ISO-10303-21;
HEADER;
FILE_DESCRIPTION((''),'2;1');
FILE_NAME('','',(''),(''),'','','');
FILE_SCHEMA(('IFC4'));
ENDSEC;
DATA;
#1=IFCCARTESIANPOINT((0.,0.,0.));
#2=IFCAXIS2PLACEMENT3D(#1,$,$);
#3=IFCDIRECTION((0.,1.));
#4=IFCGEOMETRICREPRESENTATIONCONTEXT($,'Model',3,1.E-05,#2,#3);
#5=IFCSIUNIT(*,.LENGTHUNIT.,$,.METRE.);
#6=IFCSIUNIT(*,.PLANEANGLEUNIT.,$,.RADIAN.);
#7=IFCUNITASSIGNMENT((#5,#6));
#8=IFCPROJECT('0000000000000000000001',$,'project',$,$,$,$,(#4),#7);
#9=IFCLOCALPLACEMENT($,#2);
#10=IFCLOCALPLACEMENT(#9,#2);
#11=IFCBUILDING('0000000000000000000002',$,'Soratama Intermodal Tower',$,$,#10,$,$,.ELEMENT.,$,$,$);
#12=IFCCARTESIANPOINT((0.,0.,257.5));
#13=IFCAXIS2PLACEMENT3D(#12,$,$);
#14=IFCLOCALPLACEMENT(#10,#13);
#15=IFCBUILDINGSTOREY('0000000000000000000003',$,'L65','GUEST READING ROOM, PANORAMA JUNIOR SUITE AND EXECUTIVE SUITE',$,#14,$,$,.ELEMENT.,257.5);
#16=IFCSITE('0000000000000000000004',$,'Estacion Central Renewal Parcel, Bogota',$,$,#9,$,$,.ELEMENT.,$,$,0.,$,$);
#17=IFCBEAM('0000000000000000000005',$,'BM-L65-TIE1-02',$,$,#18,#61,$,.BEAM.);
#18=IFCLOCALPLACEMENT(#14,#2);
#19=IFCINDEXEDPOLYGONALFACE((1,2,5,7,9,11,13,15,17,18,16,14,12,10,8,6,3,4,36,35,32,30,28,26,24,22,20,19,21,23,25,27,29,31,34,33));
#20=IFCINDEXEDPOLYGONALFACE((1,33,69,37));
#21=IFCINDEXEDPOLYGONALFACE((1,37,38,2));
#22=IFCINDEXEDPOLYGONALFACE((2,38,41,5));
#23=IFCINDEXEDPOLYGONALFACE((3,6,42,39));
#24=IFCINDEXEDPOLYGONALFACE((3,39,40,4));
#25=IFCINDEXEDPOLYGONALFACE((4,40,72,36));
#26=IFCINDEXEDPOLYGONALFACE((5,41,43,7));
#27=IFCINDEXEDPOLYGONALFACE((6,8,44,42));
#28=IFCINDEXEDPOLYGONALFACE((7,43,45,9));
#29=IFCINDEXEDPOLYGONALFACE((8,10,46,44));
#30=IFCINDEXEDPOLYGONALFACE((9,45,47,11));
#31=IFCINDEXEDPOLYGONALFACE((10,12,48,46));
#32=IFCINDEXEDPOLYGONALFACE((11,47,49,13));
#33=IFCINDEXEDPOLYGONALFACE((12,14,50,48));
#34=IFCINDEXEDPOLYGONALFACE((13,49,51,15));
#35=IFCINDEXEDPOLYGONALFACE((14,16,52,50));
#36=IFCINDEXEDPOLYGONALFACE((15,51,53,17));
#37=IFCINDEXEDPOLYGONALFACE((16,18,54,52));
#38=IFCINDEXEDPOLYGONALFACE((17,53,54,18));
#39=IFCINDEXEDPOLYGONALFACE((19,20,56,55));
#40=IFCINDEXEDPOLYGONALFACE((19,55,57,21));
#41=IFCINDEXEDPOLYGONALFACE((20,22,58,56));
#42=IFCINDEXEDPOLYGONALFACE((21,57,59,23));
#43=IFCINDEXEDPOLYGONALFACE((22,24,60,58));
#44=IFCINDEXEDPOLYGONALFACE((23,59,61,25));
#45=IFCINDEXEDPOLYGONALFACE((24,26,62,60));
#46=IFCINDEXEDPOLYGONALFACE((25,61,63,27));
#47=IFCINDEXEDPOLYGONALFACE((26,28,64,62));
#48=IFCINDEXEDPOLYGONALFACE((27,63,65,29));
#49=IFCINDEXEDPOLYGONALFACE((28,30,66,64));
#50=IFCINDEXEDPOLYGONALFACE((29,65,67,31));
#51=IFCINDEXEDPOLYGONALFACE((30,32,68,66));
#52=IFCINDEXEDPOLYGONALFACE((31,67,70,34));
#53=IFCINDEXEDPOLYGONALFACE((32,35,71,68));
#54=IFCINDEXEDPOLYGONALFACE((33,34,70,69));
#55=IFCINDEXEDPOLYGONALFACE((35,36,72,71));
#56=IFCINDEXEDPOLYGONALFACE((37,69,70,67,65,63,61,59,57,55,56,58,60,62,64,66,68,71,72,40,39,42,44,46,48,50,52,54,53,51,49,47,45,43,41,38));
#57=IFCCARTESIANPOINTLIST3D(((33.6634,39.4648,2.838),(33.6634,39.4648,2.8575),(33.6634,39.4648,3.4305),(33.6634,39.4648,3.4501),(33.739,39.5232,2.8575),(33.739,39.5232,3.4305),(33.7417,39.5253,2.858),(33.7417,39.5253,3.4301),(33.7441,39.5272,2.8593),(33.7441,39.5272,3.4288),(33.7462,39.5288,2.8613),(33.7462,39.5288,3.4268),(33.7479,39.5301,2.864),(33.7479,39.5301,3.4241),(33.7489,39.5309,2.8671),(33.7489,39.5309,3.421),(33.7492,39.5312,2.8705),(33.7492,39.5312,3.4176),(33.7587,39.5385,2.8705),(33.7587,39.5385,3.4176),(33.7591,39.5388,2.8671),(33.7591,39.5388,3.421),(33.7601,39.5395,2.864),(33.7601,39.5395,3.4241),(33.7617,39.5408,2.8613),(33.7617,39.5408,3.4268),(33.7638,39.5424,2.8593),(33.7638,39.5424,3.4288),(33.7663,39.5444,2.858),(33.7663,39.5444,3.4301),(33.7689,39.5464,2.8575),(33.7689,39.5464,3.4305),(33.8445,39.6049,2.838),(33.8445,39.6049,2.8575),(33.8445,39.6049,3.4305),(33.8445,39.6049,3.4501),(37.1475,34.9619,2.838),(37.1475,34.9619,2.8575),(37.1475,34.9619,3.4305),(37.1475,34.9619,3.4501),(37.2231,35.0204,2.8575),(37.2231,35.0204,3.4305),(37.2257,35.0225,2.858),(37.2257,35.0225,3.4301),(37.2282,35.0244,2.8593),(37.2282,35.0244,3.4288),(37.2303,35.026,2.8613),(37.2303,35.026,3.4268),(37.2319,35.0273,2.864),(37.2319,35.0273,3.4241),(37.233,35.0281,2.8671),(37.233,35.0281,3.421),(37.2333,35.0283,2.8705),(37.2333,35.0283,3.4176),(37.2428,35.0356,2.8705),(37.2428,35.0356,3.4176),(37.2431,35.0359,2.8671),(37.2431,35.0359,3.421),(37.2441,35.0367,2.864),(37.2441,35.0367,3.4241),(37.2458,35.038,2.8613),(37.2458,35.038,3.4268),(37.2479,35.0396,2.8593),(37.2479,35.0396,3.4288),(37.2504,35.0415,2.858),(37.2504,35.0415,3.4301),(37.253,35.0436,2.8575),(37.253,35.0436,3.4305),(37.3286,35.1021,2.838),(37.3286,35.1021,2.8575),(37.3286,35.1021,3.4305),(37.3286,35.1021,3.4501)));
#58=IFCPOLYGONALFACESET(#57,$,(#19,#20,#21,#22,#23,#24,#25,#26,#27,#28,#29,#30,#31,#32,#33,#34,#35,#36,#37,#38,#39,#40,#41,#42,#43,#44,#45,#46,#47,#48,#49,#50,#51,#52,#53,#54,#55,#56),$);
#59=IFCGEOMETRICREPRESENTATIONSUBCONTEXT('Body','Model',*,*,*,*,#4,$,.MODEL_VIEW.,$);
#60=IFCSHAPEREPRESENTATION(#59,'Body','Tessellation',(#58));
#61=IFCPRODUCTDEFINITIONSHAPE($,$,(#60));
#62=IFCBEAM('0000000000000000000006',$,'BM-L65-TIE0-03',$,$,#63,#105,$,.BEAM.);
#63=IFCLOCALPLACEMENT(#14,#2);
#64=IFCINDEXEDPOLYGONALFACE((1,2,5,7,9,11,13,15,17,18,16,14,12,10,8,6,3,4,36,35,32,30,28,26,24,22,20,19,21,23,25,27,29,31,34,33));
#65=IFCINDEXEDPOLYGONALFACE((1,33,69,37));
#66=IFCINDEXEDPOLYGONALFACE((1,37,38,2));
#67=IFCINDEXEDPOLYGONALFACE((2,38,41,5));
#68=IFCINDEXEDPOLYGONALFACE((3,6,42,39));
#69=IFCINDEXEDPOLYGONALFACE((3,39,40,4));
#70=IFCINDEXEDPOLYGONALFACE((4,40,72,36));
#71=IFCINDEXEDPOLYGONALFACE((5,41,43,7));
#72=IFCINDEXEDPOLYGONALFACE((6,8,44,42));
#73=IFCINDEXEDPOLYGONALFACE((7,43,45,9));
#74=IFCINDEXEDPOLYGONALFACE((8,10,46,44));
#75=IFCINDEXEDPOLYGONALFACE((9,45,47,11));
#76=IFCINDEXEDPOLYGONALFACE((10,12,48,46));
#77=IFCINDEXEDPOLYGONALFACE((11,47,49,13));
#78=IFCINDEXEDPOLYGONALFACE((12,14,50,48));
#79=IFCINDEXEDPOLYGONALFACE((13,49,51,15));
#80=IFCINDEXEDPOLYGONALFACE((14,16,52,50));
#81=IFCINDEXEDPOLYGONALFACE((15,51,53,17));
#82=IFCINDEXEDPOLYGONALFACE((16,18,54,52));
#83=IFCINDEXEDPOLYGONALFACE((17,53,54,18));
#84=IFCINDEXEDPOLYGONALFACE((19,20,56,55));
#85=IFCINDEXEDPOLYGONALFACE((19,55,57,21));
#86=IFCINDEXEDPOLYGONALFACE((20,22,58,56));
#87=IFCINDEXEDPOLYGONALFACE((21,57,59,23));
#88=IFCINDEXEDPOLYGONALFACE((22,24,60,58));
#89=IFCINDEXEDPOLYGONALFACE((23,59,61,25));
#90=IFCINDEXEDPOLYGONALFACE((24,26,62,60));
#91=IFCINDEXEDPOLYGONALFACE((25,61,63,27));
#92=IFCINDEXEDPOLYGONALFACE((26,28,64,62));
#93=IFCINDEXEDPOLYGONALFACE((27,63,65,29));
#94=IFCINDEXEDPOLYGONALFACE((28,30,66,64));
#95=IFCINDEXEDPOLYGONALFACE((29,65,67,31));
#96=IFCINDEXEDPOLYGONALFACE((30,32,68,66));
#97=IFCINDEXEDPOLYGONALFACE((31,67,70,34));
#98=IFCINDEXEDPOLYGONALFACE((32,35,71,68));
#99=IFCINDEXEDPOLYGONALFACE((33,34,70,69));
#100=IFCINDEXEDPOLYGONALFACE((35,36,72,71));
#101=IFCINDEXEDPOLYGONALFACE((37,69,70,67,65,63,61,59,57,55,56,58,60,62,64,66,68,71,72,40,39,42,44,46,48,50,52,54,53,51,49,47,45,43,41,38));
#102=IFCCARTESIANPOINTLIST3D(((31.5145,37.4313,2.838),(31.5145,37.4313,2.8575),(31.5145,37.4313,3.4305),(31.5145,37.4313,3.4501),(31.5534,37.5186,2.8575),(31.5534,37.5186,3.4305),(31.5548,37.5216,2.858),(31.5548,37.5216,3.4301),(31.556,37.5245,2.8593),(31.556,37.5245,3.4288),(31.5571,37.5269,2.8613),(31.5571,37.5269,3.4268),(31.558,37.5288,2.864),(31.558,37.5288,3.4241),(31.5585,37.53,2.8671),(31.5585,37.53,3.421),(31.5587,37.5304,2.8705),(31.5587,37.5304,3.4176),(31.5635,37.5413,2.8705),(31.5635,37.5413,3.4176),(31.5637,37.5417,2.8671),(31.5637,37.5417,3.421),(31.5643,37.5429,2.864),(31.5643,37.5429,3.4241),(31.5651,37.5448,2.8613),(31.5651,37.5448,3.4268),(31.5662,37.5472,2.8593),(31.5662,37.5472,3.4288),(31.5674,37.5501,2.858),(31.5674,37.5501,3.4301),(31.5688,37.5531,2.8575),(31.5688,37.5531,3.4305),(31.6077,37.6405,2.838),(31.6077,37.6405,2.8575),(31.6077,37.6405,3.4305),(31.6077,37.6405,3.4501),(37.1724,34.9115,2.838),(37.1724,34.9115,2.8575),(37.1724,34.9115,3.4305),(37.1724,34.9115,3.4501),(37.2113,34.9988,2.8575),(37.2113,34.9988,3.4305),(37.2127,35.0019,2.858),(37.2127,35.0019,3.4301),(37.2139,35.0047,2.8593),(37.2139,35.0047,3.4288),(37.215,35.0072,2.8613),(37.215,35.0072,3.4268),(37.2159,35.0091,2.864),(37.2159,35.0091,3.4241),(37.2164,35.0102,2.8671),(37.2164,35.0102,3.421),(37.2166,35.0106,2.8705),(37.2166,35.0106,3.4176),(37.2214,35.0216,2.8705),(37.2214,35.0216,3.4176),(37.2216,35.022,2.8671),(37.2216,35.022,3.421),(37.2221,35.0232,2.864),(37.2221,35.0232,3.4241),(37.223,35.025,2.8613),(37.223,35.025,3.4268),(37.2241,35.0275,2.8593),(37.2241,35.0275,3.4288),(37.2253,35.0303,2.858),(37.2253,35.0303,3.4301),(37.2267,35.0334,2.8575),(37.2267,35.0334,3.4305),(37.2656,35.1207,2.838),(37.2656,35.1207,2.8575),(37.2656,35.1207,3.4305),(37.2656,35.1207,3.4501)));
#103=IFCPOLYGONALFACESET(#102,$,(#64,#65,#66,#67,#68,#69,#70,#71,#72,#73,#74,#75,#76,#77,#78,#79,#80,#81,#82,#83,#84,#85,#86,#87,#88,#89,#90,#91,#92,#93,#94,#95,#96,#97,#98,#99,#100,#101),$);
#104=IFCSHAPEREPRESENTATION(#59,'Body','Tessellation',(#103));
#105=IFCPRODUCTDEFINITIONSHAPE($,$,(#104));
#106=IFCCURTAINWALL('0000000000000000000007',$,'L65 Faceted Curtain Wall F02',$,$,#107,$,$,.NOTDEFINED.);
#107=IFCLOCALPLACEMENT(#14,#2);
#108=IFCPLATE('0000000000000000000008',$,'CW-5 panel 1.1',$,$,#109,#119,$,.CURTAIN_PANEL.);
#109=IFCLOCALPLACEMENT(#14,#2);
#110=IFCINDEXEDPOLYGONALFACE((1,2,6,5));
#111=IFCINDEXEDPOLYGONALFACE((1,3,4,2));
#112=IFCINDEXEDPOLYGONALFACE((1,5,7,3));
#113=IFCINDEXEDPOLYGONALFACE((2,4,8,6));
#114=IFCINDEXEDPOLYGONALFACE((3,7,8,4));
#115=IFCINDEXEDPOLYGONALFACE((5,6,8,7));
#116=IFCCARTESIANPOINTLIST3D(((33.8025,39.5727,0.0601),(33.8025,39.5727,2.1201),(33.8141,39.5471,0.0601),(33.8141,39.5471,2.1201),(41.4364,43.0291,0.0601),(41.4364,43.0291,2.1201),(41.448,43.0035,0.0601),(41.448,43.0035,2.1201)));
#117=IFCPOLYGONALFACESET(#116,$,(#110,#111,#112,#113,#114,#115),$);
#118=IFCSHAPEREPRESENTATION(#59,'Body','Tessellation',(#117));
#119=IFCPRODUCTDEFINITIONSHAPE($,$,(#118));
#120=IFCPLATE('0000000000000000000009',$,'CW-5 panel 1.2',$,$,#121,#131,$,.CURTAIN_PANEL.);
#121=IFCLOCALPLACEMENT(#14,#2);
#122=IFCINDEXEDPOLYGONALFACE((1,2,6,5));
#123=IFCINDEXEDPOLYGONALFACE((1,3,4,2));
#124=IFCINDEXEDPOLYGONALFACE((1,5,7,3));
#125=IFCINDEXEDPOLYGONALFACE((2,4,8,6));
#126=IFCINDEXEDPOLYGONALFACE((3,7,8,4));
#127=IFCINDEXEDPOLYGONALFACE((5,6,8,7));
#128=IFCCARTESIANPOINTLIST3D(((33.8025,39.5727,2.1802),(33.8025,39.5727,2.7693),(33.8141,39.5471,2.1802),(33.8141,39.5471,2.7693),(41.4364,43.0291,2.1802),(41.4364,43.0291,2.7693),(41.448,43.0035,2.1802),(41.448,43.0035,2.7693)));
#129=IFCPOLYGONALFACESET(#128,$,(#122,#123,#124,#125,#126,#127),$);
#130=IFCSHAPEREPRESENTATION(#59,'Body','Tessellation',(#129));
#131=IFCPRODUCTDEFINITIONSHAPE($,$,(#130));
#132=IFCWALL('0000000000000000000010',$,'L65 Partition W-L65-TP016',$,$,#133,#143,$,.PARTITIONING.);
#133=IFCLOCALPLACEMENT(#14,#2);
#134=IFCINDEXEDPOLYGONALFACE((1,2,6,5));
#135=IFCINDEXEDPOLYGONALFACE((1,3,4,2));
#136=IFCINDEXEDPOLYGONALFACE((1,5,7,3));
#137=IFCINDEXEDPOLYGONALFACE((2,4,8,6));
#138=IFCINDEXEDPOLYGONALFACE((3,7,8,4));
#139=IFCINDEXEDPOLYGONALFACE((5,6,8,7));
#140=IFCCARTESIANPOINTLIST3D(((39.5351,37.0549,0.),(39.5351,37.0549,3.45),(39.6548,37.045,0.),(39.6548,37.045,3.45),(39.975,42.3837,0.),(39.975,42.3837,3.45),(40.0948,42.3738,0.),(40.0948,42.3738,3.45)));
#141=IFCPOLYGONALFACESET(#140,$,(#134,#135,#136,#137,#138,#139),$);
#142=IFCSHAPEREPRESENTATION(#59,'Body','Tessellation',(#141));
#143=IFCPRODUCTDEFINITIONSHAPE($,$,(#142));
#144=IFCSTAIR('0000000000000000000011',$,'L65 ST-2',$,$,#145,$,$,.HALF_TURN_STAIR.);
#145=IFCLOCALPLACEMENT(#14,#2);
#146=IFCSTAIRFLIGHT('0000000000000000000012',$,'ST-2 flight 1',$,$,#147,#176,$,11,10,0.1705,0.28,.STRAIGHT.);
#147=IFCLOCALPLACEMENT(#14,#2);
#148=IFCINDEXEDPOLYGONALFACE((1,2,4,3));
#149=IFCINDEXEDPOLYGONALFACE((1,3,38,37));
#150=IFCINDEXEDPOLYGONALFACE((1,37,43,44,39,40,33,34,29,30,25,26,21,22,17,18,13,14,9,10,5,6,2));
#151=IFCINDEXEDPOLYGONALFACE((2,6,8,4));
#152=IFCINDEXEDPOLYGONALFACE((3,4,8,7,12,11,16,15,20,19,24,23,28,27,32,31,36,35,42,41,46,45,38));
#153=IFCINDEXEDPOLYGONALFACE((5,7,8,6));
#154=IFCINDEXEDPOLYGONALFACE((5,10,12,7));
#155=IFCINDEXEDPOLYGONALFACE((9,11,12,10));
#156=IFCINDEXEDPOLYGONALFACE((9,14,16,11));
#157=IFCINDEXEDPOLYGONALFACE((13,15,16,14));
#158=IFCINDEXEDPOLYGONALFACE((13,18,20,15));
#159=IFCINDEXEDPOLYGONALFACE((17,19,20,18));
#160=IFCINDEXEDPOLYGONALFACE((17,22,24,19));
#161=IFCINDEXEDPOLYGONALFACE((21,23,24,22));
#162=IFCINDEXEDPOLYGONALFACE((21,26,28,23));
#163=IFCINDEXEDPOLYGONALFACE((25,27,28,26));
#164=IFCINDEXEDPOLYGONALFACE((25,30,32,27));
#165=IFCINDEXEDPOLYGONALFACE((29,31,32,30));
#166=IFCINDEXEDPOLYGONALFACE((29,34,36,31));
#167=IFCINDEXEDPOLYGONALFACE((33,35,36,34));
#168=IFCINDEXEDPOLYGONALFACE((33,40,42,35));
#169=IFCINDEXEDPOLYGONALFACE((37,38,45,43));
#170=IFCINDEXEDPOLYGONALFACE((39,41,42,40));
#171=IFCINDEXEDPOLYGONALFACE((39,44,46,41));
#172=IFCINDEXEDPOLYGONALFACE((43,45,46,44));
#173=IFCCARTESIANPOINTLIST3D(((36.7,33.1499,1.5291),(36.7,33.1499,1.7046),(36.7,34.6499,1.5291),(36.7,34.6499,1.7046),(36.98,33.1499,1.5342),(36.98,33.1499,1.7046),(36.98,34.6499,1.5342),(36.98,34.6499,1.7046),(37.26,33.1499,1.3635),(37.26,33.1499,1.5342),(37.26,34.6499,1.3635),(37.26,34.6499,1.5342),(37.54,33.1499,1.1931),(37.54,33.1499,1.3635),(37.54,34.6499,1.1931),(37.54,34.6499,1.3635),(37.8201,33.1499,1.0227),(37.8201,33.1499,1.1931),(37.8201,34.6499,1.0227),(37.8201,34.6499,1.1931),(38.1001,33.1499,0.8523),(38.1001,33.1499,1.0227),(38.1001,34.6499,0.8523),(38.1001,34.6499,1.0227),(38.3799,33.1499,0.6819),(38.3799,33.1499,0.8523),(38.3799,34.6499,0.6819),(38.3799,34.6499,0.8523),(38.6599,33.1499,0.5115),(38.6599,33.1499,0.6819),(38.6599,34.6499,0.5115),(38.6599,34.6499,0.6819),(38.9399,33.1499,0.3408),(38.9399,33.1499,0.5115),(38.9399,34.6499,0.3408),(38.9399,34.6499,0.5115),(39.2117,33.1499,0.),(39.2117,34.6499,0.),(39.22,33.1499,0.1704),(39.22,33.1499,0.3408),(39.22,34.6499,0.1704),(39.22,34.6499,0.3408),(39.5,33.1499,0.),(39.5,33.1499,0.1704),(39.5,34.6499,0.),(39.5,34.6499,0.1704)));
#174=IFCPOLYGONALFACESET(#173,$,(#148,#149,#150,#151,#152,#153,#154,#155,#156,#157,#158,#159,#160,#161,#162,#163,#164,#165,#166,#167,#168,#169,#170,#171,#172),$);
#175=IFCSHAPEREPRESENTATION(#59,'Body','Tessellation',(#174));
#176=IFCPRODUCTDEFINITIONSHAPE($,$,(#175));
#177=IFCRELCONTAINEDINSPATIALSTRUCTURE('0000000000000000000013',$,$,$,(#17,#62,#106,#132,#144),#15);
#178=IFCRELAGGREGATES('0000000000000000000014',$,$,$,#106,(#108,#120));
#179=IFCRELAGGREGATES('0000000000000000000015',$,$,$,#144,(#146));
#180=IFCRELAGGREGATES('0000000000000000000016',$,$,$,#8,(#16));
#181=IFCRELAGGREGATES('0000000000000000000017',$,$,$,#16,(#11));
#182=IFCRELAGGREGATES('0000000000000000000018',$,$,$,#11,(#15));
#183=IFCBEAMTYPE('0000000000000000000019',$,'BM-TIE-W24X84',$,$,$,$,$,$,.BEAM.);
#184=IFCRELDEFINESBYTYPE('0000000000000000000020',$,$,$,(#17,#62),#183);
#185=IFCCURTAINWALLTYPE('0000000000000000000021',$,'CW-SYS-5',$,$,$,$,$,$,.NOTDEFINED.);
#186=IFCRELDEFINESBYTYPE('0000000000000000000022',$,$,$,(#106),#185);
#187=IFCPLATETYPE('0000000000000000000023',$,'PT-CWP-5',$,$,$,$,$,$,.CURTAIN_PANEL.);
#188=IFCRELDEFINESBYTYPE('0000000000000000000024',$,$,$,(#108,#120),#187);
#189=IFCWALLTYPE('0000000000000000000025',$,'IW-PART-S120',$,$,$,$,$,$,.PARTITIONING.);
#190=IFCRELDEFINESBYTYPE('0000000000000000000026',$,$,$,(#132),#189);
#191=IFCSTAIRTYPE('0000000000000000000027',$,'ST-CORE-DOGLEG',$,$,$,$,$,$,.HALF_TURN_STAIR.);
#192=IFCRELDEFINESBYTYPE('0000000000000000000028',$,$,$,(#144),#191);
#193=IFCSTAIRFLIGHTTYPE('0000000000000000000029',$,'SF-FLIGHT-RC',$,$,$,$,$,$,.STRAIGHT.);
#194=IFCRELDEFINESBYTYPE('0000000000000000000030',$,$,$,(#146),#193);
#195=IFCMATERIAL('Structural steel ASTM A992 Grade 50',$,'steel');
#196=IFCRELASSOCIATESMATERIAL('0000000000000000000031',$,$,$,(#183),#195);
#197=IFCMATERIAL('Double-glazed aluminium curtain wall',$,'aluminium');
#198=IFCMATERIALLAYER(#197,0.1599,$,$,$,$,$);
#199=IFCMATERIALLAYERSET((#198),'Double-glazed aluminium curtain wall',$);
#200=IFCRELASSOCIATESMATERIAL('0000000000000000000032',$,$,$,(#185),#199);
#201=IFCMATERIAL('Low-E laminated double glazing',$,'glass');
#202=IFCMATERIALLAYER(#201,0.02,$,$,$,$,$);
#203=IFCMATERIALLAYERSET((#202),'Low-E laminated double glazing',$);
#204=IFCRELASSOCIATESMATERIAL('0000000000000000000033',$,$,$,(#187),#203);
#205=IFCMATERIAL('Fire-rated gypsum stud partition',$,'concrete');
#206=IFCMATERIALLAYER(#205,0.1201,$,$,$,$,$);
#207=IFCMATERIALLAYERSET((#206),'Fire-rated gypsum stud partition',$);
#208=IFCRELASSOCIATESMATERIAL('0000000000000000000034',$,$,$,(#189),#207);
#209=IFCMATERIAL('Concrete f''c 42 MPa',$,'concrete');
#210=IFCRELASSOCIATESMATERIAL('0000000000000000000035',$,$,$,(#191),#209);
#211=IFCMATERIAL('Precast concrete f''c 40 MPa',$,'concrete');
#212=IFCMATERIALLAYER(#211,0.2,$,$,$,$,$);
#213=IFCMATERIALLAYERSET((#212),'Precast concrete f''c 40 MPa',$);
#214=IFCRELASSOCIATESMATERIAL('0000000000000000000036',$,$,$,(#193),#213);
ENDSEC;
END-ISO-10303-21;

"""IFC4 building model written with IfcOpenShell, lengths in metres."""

from ifc_helpers import new_model, si_unit, direction, frame, frame_2d, origin, origin_2d, place, context, subcontext, project, spatial, polyline, rectangle, i_section, outline, extrude, material, layer, layer_set, material_profile, profile_set, type_object, element, aggregate, save


model = new_model("IFC4")

# Units and contexts
model_context = context("Model", 3, precision=1e-05, world=origin(), true_north=direction((0.0, 1.0)))
body_context = subcontext(model_context, "Body", "Model", "MODEL_VIEW")
ifc_project = project(units=[si_unit("LENGTHUNIT", "METRE"), si_unit("PLANEANGLEUNIT", "RADIAN")], contexts=[model_context])

# Site, building, storey
site_placement = place(None, origin())
site = spatial("IfcSite", under=ifc_project, at=site_placement, Name="Estacion Central Renewal Parcel, Bogota", CompositionType="ELEMENT", RefElevation=0.0)
building_placement = place(site_placement, origin())
building = spatial("IfcBuilding", under=site, at=building_placement, Name="Soratama Intermodal Tower", CompositionType="ELEMENT")
storey_placement = place(building_placement, frame((0.0, 0.0, 257.5)))
storey = spatial("IfcBuildingStorey", under=building, at=storey_placement, Name="L65", Description="GUEST READING ROOM, PANORAMA JUNIOR SUITE AND EXECUTIVE SUITE", CompositionType="ELEMENT", Elevation=257.5)

# Beams
ifc_material_1 = material(Name="Structural steel ASTM A992 Grade 50", Category="steel")
ifc_material_profile_1 = material_profile(ifc_material_1, i_section(OverallWidth=0.229, OverallDepth=0.6121, WebThickness=0.012, FlangeThickness=0.0195, FilletRadius=0.0129, at=origin_2d()), Name="W24X84")
ifc_profile_set_1 = profile_set([ifc_material_profile_1], Name="Structural steel ASTM A992 Grade 50")
beam_type_1 = type_object("IfcBeamType", Name="BM-TIE-W24X84", PredefinedType="BEAM", material=ifc_profile_set_1)
beam_1_placement = place(storey_placement, frame((37.238, 35.032, 3.144), z_axis=(-0.611953, 0.790894, 0.0), x_axis=(-0.790894, -0.611953, 0.0)))
element("IfcBeam", 1, at=beam_1_placement, inside=storey, type_object=beam_type_1, Name="BM-L65-TIE1-02", PredefinedType="BEAM", context=body_context, shape_type="SweptSolid", body=[
    extrude(i_section(OverallWidth=0.229, OverallDepth=0.6121, WebThickness=0.012, FlangeThickness=0.0195, FilletRadius=0.0129, at=origin_2d()), origin(), (0.0, 0.0, 1.0), 5.6934),
])
beam_2_placement = place(storey_placement, frame((37.219, 35.0161, 3.144), z_axis=(-0.913504, 0.40683, 0.0), x_axis=(-0.40683, -0.913504, 0.0)))
element("IfcBeam", 2, at=beam_2_placement, inside=storey, type_object=beam_type_1, Name="BM-L65-TIE0-03", PredefinedType="BEAM", context=body_context, shape_type="SweptSolid", body=[
    extrude(i_section(OverallWidth=0.229, OverallDepth=0.6121, WebThickness=0.012, FlangeThickness=0.0195, FilletRadius=0.0129, at=origin_2d()), origin(), (0.0, 0.0, 1.0), 6.1936),
])

# Curtain wall, plates
ifc_material_2 = material(Name="Double-glazed aluminium curtain wall", Category="aluminium")
ifc_layer_1 = layer(ifc_material_2, 0.1599)
ifc_layer_set_1 = layer_set([ifc_layer_1], Name="Double-glazed aluminium curtain wall")
curtain_wall_type = type_object("IfcCurtainWallType", Name="CW-SYS-5", PredefinedType="NOTDEFINED", material=ifc_layer_set_1)
curtain_wall_placement = place(storey_placement, origin())
curtain_wall = element("IfcCurtainWall", 3, at=curtain_wall_placement, inside=storey, type_object=curtain_wall_type, Name="L65 Faceted Curtain Wall F02", PredefinedType="NOTDEFINED")
ifc_material_3 = material(Name="Low-E laminated double glazing", Category="glass")
ifc_layer_2 = layer(ifc_material_3, 0.02)
ifc_layer_set_2 = layer_set([ifc_layer_2], Name="Low-E laminated double glazing")
plate_type = type_object("IfcPlateType", Name="PT-CWP-5", PredefinedType="CURTAIN_PANEL", material=ifc_layer_set_2)
plate_1_placement = place(storey_placement, frame((37.6252, 41.2881, 0.0601), z_axis=(0.0, 0.0, 1.0), x_axis=(-0.910972, -0.412468, 0.0)))
plate_1 = element("IfcPlate", 4, at=plate_1_placement, type_object=plate_type, Name="CW-5 panel 1.1", PredefinedType="CURTAIN_PANEL", context=body_context, shape_type="SweptSolid", body=[
    extrude(rectangle(XDim=8.3799, YDim=0.0281, at=origin_2d()), origin(), (0.0, 0.0, 1.0), 2.0601),
])
plate_2_placement = place(storey_placement, frame((37.6252, 41.2881, 2.1802), z_axis=(0.0, 0.0, 1.0), x_axis=(-0.910972, -0.412468, 0.0)))
plate_2 = element("IfcPlate", 5, at=plate_2_placement, type_object=plate_type, Name="CW-5 panel 1.2", PredefinedType="CURTAIN_PANEL", context=body_context, shape_type="SweptSolid", body=[
    extrude(rectangle(XDim=8.3799, YDim=0.0281, at=origin_2d()), origin(), (0.0, 0.0, 1.0), 0.5891),
])
aggregate(curtain_wall, [plate_1, plate_2])

# Wall
ifc_material_4 = material(Name="Fire-rated gypsum stud partition", Category="concrete")
ifc_layer_3 = layer(ifc_material_4, 0.1201)
ifc_layer_set_3 = layer_set([ifc_layer_3], Name="Fire-rated gypsum stud partition")
wall_type_1 = type_object("IfcWallType", Name="IW-PART-S120", PredefinedType="PARTITIONING", material=ifc_layer_set_3)
wall_1_placement = place(storey_placement, frame((39.595, 37.05, 0.0), z_axis=(0.0, 0.0, 1.0), x_axis=(0.082278, 0.996609, 0.0)))
element("IfcWall", 6, at=wall_1_placement, inside=storey, type_object=wall_type_1, Name="L65 Partition W-L65-TP016", PredefinedType="PARTITIONING", context=body_context, shape_type="SweptSolid", body=[
    extrude(rectangle(XDim=5.3469, YDim=0.1201, at=frame_2d((2.6733, 0.0))), origin(), (0.0, 0.0, 1.0), 3.45),
])

# Stair, stair flight
ifc_material_5 = material(Name="Concrete f'c 42 MPa", Category="concrete")
stair_type = type_object("IfcStairType", Name="ST-CORE-DOGLEG", PredefinedType="HALF_TURN_STAIR", material=ifc_material_5)
stair_placement = place(storey_placement, origin())
stair = element("IfcStair", 7, at=stair_placement, inside=storey, type_object=stair_type, Name="L65 ST-2", PredefinedType="HALF_TURN_STAIR")
ifc_material_6 = material(Name="Precast concrete f'c 40 MPa", Category="concrete")
ifc_layer_4 = layer(ifc_material_6, 0.2)
ifc_layer_set_4 = layer_set([ifc_layer_4], Name="Precast concrete f'c 40 MPa")
stair_flight_type = type_object("IfcStairFlightType", Name="SF-FLIGHT-RC", PredefinedType="STRAIGHT", material=ifc_layer_set_4)
stair_flight_placement = place(storey_placement, frame((39.5, 33.8999, 0.0), z_axis=(0.0, 0.0, 1.0), x_axis=(-1.0, 0.0, 0.0)))
stair_flight = element("IfcStairFlight", 8, at=stair_flight_placement, type_object=stair_flight_type, Name="ST-2 flight 1", NumberOfRisers=11, NumberOfTreads=10, PredefinedType="STRAIGHT", RiserHeight=0.1705, TreadLength=0.28, context=body_context, shape_type="SweptSolid", body=[
    extrude(outline(polyline([(0.0, 0.0), (0.0, 0.1704), (0.28, 0.1704), (0.28, 0.3408), (0.5601, 0.3408), (0.5601, 0.5115), (0.8401, 0.5115), (0.8401, 0.6819), (1.1201, 0.6819), (1.1201, 0.8523), (1.3999, 0.8523), (1.3999, 1.0227), (1.6799, 1.0227), (1.6799, 1.1931), (1.96, 1.1931), (1.96, 1.3635), (2.24, 1.3635), (2.24, 1.5342), (2.52, 1.5342), (2.52, 1.7046), (2.8, 1.7046), (2.8, 1.875), (2.8, 1.5291), (0.2883, 0.0), (0.0, 0.0)])), frame((0.0, 0.75, 0.0), z_axis=(0.0, -1.0, 0.0), x_axis=(1.0, 0.0, 0.0)), (0.0, 0.0, 1.0), 1.5),
])
aggregate(stair, [stair_flight])

save(model, "model.ifc")
